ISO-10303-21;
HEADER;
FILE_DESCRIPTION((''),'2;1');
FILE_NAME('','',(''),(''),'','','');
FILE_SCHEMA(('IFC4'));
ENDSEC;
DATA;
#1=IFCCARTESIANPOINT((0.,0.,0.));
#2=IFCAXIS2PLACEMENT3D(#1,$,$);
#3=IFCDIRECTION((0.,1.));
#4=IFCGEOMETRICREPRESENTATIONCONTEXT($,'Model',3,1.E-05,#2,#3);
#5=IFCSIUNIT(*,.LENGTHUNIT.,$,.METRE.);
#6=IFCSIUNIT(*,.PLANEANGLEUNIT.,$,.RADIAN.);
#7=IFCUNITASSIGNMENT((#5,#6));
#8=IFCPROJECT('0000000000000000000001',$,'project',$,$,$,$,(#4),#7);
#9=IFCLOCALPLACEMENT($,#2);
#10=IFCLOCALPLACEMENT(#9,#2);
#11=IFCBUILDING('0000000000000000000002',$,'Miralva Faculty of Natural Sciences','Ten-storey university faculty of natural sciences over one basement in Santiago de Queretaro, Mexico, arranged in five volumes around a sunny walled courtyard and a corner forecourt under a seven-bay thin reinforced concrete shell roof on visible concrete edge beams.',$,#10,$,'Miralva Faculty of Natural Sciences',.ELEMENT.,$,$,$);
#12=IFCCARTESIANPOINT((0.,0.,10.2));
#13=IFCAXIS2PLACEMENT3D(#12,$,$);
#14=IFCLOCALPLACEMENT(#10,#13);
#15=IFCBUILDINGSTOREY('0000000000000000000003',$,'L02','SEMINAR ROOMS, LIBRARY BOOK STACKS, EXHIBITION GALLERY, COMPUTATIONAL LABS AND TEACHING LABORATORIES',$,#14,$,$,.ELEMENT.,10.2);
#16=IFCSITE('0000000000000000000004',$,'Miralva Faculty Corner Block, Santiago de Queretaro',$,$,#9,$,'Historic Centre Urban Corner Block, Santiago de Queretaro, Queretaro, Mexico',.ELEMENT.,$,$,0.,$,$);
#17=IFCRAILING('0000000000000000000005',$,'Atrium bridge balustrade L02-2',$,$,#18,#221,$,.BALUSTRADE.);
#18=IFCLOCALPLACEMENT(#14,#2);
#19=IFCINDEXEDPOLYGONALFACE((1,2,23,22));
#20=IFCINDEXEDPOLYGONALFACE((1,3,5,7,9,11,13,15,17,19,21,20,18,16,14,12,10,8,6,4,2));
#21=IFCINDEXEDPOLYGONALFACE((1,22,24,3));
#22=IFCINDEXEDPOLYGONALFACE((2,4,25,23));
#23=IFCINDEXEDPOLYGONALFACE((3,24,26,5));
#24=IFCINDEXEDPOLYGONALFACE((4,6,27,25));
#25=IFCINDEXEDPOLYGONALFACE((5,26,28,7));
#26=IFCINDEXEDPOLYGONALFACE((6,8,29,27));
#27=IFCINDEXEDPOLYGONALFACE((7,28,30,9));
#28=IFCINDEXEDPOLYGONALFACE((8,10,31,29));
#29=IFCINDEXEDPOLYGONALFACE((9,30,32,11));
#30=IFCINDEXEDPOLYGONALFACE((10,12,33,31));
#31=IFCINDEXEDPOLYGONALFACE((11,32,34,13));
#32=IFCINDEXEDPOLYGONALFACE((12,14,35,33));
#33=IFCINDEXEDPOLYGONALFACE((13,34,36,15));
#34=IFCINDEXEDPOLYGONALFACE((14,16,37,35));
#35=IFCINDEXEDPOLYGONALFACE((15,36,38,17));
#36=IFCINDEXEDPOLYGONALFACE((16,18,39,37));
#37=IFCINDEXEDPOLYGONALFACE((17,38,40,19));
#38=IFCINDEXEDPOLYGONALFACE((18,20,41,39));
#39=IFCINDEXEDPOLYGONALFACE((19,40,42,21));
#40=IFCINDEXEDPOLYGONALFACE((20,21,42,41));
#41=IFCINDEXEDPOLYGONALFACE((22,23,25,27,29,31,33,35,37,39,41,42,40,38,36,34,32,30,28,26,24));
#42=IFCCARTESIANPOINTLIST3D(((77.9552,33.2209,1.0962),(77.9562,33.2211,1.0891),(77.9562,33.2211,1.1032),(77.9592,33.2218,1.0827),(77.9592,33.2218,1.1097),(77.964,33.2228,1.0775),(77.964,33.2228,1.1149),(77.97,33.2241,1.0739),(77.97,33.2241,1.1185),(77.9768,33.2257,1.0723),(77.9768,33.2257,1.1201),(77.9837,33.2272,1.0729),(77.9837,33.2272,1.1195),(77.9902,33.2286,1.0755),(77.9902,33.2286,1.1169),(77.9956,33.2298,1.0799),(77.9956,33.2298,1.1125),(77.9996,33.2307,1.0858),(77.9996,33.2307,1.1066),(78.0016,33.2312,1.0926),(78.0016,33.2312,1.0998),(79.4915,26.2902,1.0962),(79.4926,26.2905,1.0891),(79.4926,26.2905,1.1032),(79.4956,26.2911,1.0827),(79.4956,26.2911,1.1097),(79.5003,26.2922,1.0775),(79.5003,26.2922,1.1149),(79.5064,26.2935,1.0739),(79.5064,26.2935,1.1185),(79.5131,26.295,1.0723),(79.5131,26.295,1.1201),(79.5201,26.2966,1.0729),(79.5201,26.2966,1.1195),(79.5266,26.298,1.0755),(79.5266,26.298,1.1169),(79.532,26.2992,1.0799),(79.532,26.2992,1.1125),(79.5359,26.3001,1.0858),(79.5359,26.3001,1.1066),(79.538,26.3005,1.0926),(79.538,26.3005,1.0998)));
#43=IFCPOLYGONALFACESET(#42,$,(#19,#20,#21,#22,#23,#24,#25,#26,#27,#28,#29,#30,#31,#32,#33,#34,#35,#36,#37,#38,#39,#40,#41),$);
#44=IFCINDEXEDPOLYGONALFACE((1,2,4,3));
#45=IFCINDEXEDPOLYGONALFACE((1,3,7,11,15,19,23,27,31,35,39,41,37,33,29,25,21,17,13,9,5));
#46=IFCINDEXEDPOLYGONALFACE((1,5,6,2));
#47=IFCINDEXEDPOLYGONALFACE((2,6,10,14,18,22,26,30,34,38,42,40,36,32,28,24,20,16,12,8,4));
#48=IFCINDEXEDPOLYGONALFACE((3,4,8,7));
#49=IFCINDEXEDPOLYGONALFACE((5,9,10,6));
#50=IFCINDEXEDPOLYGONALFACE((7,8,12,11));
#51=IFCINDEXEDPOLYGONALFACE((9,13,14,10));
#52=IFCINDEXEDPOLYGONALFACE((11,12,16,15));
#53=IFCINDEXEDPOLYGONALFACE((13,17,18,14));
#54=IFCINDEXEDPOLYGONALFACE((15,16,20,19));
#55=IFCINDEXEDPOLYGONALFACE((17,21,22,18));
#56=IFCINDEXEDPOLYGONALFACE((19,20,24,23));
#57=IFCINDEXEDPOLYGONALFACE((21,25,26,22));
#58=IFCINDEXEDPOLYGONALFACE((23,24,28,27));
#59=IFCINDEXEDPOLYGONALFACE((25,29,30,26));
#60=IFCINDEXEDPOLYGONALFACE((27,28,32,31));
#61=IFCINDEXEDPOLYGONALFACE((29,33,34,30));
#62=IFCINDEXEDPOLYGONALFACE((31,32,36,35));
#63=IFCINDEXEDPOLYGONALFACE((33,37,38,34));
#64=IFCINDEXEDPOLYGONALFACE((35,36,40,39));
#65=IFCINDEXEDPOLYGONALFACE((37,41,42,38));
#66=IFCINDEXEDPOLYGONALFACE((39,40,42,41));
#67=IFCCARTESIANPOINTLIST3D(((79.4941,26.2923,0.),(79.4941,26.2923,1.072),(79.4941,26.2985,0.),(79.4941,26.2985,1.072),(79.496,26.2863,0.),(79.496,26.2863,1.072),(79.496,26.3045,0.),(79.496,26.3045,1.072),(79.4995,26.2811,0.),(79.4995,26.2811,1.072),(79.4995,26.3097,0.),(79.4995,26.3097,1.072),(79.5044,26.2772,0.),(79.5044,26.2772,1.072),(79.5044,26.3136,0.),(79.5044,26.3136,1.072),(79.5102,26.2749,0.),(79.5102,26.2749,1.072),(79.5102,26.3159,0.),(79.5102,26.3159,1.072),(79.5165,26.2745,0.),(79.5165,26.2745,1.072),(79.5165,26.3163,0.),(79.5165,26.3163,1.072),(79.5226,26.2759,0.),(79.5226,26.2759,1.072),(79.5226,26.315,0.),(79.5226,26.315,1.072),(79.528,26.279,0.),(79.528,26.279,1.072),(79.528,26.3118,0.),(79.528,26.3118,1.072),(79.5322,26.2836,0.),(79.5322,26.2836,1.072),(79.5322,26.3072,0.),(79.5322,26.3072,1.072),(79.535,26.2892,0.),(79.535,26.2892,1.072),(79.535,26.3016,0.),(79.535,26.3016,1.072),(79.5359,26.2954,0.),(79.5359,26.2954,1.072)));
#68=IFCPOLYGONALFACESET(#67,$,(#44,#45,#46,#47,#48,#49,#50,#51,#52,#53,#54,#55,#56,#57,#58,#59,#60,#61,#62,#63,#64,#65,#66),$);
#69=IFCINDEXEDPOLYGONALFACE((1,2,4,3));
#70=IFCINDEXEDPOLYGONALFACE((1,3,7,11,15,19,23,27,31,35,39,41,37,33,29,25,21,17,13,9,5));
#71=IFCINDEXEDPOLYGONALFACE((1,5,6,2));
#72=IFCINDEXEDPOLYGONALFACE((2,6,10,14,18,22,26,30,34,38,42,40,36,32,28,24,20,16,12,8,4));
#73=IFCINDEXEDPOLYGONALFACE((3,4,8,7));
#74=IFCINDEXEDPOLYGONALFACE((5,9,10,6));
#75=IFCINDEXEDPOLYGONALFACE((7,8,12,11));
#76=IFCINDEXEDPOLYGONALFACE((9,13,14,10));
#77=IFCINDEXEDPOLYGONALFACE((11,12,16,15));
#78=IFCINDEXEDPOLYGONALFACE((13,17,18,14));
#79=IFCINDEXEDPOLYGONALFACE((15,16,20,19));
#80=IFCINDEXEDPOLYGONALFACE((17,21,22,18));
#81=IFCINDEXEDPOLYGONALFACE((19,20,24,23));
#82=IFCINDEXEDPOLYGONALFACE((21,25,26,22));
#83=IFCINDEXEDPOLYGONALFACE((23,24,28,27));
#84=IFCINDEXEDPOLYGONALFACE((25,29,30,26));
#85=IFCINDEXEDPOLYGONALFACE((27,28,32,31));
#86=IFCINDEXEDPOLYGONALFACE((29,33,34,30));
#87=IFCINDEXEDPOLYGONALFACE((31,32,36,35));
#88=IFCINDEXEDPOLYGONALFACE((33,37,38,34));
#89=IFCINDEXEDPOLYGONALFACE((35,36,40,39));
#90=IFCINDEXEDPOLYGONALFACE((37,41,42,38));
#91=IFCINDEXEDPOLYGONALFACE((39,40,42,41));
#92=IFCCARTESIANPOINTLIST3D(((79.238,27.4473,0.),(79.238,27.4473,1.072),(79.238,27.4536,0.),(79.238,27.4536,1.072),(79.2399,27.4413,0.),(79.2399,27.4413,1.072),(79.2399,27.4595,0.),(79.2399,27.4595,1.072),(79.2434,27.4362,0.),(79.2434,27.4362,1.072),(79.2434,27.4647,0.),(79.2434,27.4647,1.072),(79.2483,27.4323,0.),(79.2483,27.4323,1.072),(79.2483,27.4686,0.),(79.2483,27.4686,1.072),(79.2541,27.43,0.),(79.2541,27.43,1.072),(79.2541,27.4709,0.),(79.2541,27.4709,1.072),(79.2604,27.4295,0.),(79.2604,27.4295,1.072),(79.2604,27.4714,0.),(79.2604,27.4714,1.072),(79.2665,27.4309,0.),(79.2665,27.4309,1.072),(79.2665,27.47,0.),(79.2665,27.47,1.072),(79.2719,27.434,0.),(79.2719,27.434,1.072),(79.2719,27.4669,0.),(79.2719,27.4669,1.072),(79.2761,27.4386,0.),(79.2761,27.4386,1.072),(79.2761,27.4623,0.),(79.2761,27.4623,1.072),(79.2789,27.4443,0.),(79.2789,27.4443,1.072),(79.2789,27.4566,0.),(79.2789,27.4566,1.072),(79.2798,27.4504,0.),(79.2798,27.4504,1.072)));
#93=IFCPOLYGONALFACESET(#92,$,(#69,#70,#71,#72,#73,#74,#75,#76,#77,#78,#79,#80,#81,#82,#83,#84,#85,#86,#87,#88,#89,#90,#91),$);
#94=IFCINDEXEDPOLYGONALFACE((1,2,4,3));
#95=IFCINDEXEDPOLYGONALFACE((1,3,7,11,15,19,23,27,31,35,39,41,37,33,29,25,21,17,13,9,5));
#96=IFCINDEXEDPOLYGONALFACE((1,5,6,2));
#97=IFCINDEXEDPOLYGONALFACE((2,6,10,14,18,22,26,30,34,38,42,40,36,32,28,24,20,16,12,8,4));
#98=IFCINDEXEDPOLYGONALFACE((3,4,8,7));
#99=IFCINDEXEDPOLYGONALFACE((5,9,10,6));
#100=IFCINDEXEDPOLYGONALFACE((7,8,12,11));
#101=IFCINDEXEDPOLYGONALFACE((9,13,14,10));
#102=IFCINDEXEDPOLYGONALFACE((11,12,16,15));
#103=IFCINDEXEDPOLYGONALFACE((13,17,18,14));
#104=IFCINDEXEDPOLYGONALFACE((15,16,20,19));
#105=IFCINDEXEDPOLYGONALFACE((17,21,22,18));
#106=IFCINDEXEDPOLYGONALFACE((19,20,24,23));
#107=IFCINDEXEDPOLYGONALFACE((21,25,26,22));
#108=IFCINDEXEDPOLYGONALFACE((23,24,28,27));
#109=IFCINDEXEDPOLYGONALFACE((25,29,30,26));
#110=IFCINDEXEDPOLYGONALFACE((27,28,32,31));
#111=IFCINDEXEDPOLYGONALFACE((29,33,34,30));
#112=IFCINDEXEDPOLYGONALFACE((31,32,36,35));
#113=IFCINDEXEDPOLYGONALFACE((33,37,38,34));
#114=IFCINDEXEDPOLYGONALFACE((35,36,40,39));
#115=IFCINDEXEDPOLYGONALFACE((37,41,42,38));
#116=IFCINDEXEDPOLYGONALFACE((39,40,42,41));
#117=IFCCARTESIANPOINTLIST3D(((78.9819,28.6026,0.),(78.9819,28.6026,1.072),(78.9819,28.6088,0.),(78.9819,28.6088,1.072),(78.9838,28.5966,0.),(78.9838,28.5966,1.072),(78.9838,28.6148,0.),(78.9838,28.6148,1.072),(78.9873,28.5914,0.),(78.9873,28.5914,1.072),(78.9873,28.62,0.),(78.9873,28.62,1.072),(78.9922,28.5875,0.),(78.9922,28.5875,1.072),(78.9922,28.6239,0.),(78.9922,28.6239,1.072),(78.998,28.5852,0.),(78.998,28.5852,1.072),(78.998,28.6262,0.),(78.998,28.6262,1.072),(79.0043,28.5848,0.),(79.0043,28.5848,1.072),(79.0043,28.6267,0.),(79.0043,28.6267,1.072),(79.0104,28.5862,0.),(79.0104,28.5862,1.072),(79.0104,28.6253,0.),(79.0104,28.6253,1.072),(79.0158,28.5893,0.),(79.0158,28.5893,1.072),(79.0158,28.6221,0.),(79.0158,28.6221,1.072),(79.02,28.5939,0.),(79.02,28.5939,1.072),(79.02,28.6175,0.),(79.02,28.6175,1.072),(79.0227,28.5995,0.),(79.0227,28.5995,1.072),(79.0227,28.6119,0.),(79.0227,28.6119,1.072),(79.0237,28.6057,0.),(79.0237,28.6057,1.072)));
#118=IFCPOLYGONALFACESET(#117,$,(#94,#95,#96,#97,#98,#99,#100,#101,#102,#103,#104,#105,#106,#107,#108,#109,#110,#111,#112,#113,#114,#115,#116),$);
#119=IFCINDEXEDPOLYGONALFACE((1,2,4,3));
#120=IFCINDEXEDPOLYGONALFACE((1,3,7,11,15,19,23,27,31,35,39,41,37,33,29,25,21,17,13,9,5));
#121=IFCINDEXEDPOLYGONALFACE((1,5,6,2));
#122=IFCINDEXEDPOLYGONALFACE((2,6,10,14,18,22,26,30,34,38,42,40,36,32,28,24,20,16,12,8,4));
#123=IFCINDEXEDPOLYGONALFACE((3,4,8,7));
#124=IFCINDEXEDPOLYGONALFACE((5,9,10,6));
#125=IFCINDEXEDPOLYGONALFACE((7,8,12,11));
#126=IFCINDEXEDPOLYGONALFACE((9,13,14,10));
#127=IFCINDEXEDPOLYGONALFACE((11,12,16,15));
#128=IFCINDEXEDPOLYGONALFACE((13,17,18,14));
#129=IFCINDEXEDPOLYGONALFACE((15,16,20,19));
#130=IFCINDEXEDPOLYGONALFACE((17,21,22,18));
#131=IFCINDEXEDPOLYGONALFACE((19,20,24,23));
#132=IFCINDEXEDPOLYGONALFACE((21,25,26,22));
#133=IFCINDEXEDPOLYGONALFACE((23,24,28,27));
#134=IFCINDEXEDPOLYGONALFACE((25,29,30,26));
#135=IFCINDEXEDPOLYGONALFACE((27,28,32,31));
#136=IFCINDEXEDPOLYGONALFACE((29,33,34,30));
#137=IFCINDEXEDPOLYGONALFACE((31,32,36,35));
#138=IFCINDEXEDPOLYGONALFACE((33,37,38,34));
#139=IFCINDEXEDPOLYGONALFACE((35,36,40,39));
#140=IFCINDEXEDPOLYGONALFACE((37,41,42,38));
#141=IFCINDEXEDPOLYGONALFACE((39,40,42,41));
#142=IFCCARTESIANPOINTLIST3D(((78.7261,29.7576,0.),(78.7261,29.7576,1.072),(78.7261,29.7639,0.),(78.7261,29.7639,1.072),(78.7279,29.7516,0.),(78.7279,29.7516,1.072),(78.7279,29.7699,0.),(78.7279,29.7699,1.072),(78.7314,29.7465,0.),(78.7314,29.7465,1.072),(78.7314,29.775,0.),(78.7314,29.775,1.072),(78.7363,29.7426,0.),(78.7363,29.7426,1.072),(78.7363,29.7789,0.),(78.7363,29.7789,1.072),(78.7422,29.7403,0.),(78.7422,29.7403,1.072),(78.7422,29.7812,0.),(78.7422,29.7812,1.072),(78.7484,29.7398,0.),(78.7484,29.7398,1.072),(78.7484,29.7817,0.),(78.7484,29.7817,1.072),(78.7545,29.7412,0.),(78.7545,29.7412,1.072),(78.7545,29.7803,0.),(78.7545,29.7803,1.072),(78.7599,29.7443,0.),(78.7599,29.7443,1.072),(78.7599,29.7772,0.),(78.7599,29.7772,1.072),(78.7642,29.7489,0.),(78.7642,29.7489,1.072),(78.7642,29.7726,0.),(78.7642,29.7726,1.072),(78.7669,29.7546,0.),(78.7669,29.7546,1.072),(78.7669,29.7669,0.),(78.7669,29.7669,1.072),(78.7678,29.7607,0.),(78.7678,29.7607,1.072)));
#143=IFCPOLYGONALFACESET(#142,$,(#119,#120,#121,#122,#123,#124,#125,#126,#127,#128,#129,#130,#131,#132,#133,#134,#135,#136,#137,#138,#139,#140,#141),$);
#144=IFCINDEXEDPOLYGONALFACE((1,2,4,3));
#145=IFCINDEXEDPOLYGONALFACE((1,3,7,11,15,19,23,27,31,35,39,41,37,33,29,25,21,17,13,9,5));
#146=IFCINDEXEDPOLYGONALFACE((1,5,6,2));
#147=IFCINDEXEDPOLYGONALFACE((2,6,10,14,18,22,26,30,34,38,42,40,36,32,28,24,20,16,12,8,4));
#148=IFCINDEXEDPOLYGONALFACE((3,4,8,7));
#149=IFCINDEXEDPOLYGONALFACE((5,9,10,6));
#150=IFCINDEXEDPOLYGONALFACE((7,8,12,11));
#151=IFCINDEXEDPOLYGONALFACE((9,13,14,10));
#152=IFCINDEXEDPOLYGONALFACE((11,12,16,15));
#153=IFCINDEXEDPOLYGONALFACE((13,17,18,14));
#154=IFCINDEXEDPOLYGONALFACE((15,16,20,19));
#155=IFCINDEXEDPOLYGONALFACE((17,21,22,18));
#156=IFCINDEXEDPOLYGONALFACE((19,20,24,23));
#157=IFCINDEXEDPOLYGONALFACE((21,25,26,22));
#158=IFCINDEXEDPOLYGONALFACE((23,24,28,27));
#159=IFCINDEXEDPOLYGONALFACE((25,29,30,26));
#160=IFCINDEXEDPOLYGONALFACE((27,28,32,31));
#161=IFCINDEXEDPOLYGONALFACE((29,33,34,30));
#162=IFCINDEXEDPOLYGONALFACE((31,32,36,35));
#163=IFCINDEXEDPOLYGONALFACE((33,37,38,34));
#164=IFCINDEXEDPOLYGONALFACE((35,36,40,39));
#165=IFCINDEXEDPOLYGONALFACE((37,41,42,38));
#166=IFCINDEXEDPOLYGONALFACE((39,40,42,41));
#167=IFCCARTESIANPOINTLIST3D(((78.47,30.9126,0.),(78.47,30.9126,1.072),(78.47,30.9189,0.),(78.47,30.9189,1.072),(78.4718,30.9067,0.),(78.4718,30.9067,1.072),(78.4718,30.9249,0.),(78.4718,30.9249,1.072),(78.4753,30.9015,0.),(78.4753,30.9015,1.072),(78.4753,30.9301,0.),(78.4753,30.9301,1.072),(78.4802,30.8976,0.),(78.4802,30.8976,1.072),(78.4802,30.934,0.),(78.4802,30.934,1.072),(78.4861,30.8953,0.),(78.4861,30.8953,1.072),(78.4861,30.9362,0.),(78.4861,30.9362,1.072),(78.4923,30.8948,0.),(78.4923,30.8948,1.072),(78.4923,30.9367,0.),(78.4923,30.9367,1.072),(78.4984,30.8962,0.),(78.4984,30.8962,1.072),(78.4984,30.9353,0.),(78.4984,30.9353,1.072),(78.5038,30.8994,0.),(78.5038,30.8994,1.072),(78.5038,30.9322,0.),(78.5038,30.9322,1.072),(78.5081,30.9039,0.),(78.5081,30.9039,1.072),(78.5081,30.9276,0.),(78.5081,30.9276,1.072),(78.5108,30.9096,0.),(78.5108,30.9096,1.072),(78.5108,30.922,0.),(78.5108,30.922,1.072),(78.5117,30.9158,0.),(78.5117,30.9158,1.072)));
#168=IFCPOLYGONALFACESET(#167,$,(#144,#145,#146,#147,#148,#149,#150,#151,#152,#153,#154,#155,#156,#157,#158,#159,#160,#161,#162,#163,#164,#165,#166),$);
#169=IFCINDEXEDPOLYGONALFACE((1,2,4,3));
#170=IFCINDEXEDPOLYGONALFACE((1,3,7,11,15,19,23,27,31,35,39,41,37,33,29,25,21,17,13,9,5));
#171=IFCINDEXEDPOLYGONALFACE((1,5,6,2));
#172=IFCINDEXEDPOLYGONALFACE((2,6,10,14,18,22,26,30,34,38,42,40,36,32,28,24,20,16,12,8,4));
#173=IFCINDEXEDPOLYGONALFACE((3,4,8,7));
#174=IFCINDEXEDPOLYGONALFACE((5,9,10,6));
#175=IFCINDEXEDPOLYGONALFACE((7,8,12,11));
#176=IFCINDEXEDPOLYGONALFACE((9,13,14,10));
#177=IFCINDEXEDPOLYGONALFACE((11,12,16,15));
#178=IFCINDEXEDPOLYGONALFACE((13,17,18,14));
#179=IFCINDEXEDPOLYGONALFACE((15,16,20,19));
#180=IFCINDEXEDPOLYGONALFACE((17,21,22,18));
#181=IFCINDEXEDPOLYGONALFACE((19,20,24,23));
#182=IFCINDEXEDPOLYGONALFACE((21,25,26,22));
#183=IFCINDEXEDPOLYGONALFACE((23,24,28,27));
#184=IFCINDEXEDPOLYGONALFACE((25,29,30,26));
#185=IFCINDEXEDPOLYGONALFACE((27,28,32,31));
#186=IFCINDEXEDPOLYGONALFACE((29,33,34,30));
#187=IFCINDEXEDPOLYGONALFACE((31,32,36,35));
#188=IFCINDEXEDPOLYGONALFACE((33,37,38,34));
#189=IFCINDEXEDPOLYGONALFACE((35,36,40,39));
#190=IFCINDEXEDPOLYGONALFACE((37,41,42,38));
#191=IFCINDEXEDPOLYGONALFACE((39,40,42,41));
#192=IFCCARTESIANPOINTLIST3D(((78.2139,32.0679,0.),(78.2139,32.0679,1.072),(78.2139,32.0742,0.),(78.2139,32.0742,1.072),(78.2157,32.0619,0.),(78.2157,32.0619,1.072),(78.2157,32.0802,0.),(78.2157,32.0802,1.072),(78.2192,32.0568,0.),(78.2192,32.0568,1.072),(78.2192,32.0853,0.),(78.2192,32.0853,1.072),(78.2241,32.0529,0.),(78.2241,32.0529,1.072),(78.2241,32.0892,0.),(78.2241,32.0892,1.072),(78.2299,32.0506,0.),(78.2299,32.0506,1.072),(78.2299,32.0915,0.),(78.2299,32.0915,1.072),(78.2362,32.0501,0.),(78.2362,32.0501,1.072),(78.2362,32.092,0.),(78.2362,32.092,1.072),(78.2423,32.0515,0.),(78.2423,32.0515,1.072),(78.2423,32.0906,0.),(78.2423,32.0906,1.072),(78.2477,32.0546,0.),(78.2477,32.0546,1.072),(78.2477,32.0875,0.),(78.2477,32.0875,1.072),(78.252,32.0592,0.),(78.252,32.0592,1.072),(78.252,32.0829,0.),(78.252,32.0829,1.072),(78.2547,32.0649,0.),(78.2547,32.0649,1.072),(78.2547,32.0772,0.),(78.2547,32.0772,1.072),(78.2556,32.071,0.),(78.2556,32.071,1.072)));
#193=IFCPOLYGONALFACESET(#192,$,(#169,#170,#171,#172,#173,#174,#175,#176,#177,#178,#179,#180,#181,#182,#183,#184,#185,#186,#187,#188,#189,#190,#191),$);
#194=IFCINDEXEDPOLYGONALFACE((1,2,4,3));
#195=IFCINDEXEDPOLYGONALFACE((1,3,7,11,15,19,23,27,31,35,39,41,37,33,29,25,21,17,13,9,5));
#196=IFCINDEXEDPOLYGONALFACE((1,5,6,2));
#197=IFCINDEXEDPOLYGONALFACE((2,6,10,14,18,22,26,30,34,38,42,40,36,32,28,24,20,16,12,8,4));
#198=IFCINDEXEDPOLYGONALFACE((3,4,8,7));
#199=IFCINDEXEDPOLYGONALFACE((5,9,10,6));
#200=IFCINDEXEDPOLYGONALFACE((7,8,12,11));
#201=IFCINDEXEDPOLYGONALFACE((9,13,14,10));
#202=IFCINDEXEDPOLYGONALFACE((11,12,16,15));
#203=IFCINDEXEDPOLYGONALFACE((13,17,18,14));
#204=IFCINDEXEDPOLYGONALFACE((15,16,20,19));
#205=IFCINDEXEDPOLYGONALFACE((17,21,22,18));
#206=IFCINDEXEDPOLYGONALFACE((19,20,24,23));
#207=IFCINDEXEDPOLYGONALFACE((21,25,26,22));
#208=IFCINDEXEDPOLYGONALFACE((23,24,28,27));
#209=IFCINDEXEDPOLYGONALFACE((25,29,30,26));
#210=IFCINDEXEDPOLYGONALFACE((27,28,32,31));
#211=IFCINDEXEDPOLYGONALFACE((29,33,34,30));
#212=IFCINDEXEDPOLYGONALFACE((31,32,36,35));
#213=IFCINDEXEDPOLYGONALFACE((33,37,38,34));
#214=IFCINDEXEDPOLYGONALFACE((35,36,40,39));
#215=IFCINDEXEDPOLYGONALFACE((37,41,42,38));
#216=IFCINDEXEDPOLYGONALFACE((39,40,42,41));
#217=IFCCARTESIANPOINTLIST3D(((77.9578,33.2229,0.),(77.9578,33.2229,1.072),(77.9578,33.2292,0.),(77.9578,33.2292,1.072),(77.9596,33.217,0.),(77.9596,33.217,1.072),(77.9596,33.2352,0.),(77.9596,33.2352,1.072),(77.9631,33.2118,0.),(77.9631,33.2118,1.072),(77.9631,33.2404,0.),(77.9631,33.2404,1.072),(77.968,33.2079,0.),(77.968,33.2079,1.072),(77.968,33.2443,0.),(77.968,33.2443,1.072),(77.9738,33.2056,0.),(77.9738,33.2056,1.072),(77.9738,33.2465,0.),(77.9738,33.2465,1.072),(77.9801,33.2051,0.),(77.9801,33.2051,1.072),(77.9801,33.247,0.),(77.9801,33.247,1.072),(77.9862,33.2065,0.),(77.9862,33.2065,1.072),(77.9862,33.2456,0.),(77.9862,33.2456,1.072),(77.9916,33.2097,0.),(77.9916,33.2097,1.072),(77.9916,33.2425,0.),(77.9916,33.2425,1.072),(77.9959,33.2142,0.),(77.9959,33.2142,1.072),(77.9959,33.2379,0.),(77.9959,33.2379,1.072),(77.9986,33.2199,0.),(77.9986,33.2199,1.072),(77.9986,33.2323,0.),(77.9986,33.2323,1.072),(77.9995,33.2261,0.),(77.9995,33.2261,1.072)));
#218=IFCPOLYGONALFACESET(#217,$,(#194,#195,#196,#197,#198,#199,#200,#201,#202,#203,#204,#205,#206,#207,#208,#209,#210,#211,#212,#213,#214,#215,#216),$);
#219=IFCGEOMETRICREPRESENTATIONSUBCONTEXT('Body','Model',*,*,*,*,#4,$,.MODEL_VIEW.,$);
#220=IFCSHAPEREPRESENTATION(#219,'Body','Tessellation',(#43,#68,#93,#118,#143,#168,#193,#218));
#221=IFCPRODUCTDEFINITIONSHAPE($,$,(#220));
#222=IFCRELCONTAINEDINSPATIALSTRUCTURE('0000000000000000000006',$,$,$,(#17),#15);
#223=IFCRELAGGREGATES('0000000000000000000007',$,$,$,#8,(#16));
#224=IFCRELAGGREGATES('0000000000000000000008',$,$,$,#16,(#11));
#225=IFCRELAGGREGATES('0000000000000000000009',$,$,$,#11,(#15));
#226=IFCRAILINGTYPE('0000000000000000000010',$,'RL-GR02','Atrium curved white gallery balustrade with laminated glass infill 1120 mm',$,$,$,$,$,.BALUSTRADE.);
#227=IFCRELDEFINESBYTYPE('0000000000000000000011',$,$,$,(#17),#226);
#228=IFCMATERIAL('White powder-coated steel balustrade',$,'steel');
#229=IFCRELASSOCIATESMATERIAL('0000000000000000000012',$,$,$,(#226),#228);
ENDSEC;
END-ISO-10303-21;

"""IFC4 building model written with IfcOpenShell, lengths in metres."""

from ifc_helpers import new_model, si_unit, direction, frame, origin, origin_2d, place, context, subcontext, project, spatial, circle, extrude, material, type_object, element, save


model = new_model("IFC4")

# Units and contexts
model_context = context("Model", 3, precision=1e-05, world=origin(), true_north=direction((0.0, 1.0)))
body_context = subcontext(model_context, "Body", "Model", "MODEL_VIEW")
ifc_project = project(units=[si_unit("LENGTHUNIT", "METRE"), si_unit("PLANEANGLEUNIT", "RADIAN")], contexts=[model_context])

# Site, building, storey
site_placement = place(None, origin())
site = spatial("IfcSite", under=ifc_project, at=site_placement, Name="Miralva Faculty Corner Block, Santiago de Queretaro", LongName="Historic Centre Urban Corner Block, Santiago de Queretaro, Queretaro, Mexico", CompositionType="ELEMENT", RefElevation=0.0)
building_placement = place(site_placement, origin())
building = spatial("IfcBuilding", under=site, at=building_placement, Name="Miralva Faculty of Natural Sciences", Description="Ten-storey university faculty of natural sciences over one basement in Santiago de Queretaro, Mexico, arranged in five volumes around a sunny walled courtyard and a corner forecourt under a seven-bay thin reinforced concrete shell roof on visible concrete edge beams.", LongName="Miralva Faculty of Natural Sciences", CompositionType="ELEMENT")
storey_placement = place(building_placement, frame((0.0, 0.0, 10.2)))
storey = spatial("IfcBuildingStorey", under=building, at=storey_placement, Name="L02", Description="SEMINAR ROOMS, LIBRARY BOOK STACKS, EXHIBITION GALLERY, COMPUTATIONAL LABS AND TEACHING LABORATORIES", CompositionType="ELEMENT", Elevation=10.2)

# Railing
ifc_material_1 = material(Name="White powder-coated steel balustrade", Category="steel")
railing_type = type_object("IfcRailingType", Name="RL-GR02", Description="Atrium curved white gallery balustrade with laminated glass infill 1120 mm", PredefinedType="BALUSTRADE", material=ifc_material_1)
railing_1_placement = place(storey_placement, frame((79.5149, 26.2954, 0.0)))
element("IfcRailing", 1, at=railing_1_placement, inside=storey, type_object=railing_type, Name="Atrium bridge balustrade L02-2", PredefinedType="BALUSTRADE", context=body_context, shape_type="SweptSolid", body=[
    extrude(circle(Radius=0.0239, at=origin_2d()), frame((0.0, 0.0, 1.0962), z_axis=(-0.216424, 0.976299, 0.0), x_axis=(-0.976299, -0.216424, 0.0)), (0.0, 0.0, 1.0), 7.0989),
    extrude(circle(Radius=0.021, at=origin_2d()), origin(), (0.0, 0.0, 1.0), 1.072),
    extrude(circle(Radius=0.021, at=origin_2d()), frame((-0.2561, 1.155, 0.0)), (0.0, 0.0, 1.0), 1.072),
    extrude(circle(Radius=0.021, at=origin_2d()), frame((-0.5122, 2.3103, 0.0)), (0.0, 0.0, 1.0), 1.072),
    extrude(circle(Radius=0.021, at=origin_2d()), frame((-0.7681, 3.4653, 0.0)), (0.0, 0.0, 1.0), 1.072),
    extrude(circle(Radius=0.021, at=origin_2d()), frame((-1.0242, 4.6204, 0.0)), (0.0, 0.0, 1.0), 1.072),
    extrude(circle(Radius=0.021, at=origin_2d()), frame((-1.2803, 5.7756, 0.0)), (0.0, 0.0, 1.0), 1.072),
    extrude(circle(Radius=0.021, at=origin_2d()), frame((-1.5364, 6.9307, 0.0)), (0.0, 0.0, 1.0), 1.072),
])

save(model, "model.ifc")
